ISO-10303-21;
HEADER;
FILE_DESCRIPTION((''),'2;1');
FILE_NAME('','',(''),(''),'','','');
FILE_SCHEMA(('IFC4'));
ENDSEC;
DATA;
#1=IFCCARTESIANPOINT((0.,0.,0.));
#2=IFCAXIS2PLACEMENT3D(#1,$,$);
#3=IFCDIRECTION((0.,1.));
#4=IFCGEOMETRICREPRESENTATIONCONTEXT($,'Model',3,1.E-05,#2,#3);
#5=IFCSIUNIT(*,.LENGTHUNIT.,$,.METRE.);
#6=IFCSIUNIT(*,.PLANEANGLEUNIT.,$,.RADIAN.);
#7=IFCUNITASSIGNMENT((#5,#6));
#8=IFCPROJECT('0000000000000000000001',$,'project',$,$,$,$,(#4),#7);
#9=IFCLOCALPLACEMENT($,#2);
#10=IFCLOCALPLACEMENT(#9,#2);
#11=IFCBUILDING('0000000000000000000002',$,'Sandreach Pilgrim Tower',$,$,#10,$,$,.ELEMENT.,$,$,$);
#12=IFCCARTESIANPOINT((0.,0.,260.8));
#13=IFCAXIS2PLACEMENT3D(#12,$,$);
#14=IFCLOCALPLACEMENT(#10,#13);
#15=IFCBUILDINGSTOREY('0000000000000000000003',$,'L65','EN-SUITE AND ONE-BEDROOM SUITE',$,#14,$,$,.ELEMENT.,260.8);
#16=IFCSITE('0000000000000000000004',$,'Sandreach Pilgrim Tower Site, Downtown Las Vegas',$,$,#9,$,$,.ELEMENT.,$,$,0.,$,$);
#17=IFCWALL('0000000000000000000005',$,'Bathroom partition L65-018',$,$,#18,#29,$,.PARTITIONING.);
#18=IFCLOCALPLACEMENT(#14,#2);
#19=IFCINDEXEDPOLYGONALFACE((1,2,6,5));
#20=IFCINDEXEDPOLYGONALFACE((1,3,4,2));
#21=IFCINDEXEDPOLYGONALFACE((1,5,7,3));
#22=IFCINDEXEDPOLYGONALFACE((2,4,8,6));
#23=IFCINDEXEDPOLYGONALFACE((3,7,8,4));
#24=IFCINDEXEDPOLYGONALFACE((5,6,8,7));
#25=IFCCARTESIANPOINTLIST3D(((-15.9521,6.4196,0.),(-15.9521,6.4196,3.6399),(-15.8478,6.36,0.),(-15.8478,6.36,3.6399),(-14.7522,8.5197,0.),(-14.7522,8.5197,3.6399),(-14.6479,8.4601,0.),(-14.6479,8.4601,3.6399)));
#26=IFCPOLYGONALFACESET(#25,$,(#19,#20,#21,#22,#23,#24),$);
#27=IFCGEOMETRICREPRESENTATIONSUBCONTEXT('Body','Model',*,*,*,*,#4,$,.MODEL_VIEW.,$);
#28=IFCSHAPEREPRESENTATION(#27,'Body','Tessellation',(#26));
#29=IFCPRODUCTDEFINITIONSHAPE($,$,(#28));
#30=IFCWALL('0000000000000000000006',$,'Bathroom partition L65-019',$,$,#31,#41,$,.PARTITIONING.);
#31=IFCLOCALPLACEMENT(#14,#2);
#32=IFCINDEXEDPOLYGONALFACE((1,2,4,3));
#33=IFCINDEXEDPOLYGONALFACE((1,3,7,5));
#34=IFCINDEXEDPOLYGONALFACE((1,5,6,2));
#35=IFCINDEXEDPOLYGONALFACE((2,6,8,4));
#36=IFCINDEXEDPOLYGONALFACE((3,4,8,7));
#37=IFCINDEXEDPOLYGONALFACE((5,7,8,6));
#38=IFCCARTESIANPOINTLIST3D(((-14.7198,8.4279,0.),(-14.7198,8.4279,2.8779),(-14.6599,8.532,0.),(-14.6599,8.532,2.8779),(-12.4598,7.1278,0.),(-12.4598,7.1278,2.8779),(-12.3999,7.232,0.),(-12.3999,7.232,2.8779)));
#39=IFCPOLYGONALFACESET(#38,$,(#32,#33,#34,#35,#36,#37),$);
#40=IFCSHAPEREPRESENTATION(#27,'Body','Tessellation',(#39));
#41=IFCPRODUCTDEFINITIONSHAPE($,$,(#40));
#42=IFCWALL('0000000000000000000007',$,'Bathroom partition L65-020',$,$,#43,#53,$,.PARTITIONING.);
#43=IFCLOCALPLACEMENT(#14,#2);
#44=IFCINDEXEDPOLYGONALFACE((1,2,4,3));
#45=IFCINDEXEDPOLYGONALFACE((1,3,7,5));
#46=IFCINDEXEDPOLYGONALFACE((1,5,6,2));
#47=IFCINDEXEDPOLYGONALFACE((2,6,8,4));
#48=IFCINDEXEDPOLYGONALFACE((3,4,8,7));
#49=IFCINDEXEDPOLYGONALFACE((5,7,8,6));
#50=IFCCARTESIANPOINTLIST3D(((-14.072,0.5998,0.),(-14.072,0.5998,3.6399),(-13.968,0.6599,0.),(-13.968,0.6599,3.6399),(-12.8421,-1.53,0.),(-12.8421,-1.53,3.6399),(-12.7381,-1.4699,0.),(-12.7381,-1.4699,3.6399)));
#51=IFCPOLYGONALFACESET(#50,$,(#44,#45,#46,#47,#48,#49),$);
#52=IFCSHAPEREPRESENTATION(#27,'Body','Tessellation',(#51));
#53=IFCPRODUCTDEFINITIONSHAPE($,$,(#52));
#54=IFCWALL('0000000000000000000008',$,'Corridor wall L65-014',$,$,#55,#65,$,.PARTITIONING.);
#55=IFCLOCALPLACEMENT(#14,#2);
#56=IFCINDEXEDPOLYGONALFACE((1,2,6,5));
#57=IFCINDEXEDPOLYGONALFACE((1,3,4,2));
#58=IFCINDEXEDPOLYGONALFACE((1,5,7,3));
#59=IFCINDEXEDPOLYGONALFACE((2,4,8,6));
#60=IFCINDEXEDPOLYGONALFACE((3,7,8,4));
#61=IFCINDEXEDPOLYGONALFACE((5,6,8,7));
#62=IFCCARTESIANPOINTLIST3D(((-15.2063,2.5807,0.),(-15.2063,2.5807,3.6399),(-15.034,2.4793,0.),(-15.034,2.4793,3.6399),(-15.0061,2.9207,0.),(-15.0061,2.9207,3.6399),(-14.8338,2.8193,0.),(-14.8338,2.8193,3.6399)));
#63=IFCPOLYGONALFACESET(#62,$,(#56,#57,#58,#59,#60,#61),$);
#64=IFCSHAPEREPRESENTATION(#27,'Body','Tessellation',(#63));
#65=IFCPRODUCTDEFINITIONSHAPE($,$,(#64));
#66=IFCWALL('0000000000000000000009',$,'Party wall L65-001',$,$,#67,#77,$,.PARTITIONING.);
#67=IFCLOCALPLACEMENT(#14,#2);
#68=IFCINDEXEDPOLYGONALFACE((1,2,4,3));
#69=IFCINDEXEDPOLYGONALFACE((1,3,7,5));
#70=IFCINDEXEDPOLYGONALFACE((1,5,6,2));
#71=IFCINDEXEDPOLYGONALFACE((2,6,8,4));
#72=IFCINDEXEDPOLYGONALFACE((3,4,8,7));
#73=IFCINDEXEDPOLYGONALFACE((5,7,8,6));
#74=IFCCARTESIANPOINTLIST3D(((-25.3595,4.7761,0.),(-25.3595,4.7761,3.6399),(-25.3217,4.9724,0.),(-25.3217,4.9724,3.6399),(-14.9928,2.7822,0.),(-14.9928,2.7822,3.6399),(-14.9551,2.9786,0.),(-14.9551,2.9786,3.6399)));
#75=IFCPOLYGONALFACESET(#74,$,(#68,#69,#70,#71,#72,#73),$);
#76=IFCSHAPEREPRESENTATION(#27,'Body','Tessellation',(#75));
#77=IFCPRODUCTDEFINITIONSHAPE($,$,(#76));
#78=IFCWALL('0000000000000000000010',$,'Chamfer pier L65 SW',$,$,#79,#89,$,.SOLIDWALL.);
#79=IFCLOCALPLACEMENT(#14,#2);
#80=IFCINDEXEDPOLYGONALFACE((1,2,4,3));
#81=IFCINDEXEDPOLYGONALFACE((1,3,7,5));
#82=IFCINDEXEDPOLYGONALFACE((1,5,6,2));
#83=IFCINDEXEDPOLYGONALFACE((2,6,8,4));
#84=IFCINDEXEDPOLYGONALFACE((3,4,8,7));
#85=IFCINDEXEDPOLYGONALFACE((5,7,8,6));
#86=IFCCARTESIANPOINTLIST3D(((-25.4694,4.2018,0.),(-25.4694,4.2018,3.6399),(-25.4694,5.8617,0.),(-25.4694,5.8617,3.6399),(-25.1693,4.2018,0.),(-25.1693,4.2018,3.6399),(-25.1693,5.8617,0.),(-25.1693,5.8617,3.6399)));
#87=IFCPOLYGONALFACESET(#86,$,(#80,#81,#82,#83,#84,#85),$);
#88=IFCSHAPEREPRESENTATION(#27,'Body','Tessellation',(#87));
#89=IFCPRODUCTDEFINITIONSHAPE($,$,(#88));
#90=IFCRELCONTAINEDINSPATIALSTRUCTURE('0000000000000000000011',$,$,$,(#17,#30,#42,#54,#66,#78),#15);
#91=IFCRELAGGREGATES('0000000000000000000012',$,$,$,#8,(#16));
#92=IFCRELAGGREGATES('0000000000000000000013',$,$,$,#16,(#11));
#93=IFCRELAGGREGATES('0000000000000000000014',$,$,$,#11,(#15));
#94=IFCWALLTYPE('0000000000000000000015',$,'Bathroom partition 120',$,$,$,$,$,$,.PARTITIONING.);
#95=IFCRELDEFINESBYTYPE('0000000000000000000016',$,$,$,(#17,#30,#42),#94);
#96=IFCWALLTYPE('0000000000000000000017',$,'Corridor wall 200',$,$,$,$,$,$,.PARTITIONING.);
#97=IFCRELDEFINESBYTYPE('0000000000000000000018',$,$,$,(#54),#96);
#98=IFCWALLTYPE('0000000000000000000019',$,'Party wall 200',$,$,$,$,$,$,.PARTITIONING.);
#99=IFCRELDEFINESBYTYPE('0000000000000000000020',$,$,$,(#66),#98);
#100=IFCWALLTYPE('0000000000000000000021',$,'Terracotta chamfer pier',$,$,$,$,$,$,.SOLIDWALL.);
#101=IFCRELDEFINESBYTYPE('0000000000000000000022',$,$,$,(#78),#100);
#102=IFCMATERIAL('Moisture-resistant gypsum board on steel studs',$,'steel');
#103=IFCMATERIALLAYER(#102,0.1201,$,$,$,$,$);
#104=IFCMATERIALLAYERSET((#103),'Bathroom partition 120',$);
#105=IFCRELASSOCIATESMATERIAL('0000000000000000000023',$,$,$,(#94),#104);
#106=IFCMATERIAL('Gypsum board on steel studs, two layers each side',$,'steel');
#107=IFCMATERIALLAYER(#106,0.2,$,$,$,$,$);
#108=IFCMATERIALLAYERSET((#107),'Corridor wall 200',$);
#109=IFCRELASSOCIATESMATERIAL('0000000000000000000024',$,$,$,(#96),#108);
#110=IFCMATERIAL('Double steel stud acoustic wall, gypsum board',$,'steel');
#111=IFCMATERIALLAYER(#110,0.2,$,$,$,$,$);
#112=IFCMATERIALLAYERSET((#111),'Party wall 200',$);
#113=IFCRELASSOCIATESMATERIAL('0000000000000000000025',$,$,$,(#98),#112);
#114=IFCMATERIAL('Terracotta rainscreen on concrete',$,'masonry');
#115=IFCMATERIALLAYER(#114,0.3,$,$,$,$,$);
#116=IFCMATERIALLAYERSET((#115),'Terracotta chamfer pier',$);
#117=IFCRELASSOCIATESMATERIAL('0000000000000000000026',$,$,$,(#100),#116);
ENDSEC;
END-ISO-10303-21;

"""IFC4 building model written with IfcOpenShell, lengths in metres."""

from ifc_helpers import new_model, si_unit, direction, frame, frame_2d, origin, place, context, subcontext, project, spatial, rectangle, extrude, material, layer, layer_set, type_object, element, save


model = new_model("IFC4")

# Units and contexts
model_context = context("Model", 3, precision=1e-05, world=origin(), true_north=direction((0.0, 1.0)))
body_context = subcontext(model_context, "Body", "Model", "MODEL_VIEW")
ifc_project = project(units=[si_unit("LENGTHUNIT", "METRE"), si_unit("PLANEANGLEUNIT", "RADIAN")], contexts=[model_context])

# Site, building, storey
site_placement = place(None, origin())
site = spatial("IfcSite", under=ifc_project, at=site_placement, Name="Sandreach Pilgrim Tower Site, Downtown Las Vegas", CompositionType="ELEMENT", RefElevation=0.0)
building_placement = place(site_placement, origin())
building = spatial("IfcBuilding", under=site, at=building_placement, Name="Sandreach Pilgrim Tower", CompositionType="ELEMENT")
storey_placement = place(building_placement, frame((0.0, 0.0, 260.8)))
storey = spatial("IfcBuildingStorey", under=building, at=storey_placement, Name="L65", Description="EN-SUITE AND ONE-BEDROOM SUITE", CompositionType="ELEMENT", Elevation=260.8)

# Shared definitions
ifc_material_1 = material(Name="Moisture-resistant gypsum board on steel studs", Category="steel")
ifc_layer_1 = layer(ifc_material_1, 0.1201)
ifc_layer_set_1 = layer_set([ifc_layer_1], Name="Bathroom partition 120")
wall_type_1 = type_object("IfcWallType", Name="Bathroom partition 120", PredefinedType="PARTITIONING", material=ifc_layer_set_1)

# Walls
wall_1_placement = place(storey_placement, frame((-14.7, 8.49, 0.0), z_axis=(0.0, 0.0, 1.0), x_axis=(-0.496106, -0.868262, 0.0)))
element("IfcWall", 1, at=wall_1_placement, inside=storey, type_object=wall_type_1, Name="Bathroom partition L65-018", PredefinedType="PARTITIONING", context=body_context, shape_type="SweptSolid", body=[
    extrude(rectangle(XDim=2.4187, YDim=0.1201, at=frame_2d((1.2095, 0.0))), origin(), (0.0, 0.0, 1.0), 3.6399),
])
wall_2_placement = place(storey_placement, frame((-14.6899, 8.48, 0.0), z_axis=(0.0, 0.0, 1.0), x_axis=(0.866816, -0.498628, 0.0)))
element("IfcWall", 2, at=wall_2_placement, inside=storey, type_object=wall_type_1, Name="Bathroom partition L65-019", PredefinedType="PARTITIONING", context=body_context, shape_type="SweptSolid", body=[
    extrude(rectangle(XDim=2.6072, YDim=0.1201, at=frame_2d((1.3037, 0.0))), origin(), (0.0, 0.0, 1.0), 2.8779),
])
wall_3_placement = place(storey_placement, frame((-14.02, 0.6299, 0.0), z_axis=(0.0, 0.0, 1.0), x_axis=(0.500089, -0.865974, 0.0)))
element("IfcWall", 3, at=wall_3_placement, inside=storey, type_object=wall_type_1, Name="Bathroom partition L65-020", PredefinedType="PARTITIONING", context=body_context, shape_type="SweptSolid", body=[
    extrude(rectangle(XDim=2.4595, YDim=0.1201, at=frame_2d((1.2297, 0.0))), origin(), (0.0, 0.0, 1.0), 3.6399),
])
ifc_material_2 = material(Name="Gypsum board on steel studs, two layers each side", Category="steel")
ifc_layer_2 = layer(ifc_material_2, 0.2)
ifc_layer_set_2 = layer_set([ifc_layer_2], Name="Corridor wall 200")
wall_type_2 = type_object("IfcWallType", Name="Corridor wall 200", PredefinedType="PARTITIONING", material=ifc_layer_set_2)
wall_4_placement = place(storey_placement, frame((-15.1201, 2.53, 0.0), z_axis=(0.0, 0.0, 1.0), x_axis=(0.50729, 0.861775, 0.0)))
element("IfcWall", 4, at=wall_4_placement, inside=storey, type_object=wall_type_2, Name="Corridor wall L65-014", PredefinedType="PARTITIONING", context=body_context, shape_type="SweptSolid", body=[
    extrude(rectangle(XDim=0.3945, YDim=0.2, at=frame_2d((0.1973, 0.0))), origin(), (0.0, 0.0, 1.0), 3.6399),
])

# Walls
ifc_material_3 = material(Name="Double steel stud acoustic wall, gypsum board", Category="steel")
ifc_layer_3 = layer(ifc_material_3, 0.2)
ifc_layer_set_3 = layer_set([ifc_layer_3], Name="Party wall 200")
wall_type_3 = type_object("IfcWallType", Name="Party wall 200", PredefinedType="PARTITIONING", material=ifc_layer_set_3)
wall_5_placement = place(storey_placement, frame((-25.3406, 4.8743, 0.0), z_axis=(0.0, 0.0, 1.0), x_axis=(0.982001, -0.188875, 0.0)))
element("IfcWall", 5, at=wall_5_placement, inside=storey, type_object=wall_type_3, Name="Party wall L65-001", PredefinedType="PARTITIONING", context=body_context, shape_type="SweptSolid", body=[
    extrude(rectangle(XDim=10.5566, YDim=0.2, at=frame_2d((5.2783, 0.0))), origin(), (0.0, 0.0, 1.0), 3.6399),
])
ifc_material_4 = material(Name="Terracotta rainscreen on concrete", Category="masonry")
ifc_layer_4 = layer(ifc_material_4, 0.3)
ifc_layer_set_4 = layer_set([ifc_layer_4], Name="Terracotta chamfer pier")
wall_type_4 = type_object("IfcWallType", Name="Terracotta chamfer pier", PredefinedType="SOLIDWALL", material=ifc_layer_set_4)
wall_6_placement = place(storey_placement, frame((-25.3193, 4.2017, 0.0), z_axis=(0.0, 0.0, 1.0), x_axis=(0.0, 1.0, 0.0)))
element("IfcWall", 6, at=wall_6_placement, inside=storey, type_object=wall_type_4, Name="Chamfer pier L65 SW", PredefinedType="SOLIDWALL", context=body_context, shape_type="SweptSolid", body=[
    extrude(rectangle(XDim=1.6599, YDim=0.3, at=frame_2d((0.8301, 0.0))), origin(), (0.0, 0.0, 1.0), 3.6399),
])

save(model, "model.ifc")
